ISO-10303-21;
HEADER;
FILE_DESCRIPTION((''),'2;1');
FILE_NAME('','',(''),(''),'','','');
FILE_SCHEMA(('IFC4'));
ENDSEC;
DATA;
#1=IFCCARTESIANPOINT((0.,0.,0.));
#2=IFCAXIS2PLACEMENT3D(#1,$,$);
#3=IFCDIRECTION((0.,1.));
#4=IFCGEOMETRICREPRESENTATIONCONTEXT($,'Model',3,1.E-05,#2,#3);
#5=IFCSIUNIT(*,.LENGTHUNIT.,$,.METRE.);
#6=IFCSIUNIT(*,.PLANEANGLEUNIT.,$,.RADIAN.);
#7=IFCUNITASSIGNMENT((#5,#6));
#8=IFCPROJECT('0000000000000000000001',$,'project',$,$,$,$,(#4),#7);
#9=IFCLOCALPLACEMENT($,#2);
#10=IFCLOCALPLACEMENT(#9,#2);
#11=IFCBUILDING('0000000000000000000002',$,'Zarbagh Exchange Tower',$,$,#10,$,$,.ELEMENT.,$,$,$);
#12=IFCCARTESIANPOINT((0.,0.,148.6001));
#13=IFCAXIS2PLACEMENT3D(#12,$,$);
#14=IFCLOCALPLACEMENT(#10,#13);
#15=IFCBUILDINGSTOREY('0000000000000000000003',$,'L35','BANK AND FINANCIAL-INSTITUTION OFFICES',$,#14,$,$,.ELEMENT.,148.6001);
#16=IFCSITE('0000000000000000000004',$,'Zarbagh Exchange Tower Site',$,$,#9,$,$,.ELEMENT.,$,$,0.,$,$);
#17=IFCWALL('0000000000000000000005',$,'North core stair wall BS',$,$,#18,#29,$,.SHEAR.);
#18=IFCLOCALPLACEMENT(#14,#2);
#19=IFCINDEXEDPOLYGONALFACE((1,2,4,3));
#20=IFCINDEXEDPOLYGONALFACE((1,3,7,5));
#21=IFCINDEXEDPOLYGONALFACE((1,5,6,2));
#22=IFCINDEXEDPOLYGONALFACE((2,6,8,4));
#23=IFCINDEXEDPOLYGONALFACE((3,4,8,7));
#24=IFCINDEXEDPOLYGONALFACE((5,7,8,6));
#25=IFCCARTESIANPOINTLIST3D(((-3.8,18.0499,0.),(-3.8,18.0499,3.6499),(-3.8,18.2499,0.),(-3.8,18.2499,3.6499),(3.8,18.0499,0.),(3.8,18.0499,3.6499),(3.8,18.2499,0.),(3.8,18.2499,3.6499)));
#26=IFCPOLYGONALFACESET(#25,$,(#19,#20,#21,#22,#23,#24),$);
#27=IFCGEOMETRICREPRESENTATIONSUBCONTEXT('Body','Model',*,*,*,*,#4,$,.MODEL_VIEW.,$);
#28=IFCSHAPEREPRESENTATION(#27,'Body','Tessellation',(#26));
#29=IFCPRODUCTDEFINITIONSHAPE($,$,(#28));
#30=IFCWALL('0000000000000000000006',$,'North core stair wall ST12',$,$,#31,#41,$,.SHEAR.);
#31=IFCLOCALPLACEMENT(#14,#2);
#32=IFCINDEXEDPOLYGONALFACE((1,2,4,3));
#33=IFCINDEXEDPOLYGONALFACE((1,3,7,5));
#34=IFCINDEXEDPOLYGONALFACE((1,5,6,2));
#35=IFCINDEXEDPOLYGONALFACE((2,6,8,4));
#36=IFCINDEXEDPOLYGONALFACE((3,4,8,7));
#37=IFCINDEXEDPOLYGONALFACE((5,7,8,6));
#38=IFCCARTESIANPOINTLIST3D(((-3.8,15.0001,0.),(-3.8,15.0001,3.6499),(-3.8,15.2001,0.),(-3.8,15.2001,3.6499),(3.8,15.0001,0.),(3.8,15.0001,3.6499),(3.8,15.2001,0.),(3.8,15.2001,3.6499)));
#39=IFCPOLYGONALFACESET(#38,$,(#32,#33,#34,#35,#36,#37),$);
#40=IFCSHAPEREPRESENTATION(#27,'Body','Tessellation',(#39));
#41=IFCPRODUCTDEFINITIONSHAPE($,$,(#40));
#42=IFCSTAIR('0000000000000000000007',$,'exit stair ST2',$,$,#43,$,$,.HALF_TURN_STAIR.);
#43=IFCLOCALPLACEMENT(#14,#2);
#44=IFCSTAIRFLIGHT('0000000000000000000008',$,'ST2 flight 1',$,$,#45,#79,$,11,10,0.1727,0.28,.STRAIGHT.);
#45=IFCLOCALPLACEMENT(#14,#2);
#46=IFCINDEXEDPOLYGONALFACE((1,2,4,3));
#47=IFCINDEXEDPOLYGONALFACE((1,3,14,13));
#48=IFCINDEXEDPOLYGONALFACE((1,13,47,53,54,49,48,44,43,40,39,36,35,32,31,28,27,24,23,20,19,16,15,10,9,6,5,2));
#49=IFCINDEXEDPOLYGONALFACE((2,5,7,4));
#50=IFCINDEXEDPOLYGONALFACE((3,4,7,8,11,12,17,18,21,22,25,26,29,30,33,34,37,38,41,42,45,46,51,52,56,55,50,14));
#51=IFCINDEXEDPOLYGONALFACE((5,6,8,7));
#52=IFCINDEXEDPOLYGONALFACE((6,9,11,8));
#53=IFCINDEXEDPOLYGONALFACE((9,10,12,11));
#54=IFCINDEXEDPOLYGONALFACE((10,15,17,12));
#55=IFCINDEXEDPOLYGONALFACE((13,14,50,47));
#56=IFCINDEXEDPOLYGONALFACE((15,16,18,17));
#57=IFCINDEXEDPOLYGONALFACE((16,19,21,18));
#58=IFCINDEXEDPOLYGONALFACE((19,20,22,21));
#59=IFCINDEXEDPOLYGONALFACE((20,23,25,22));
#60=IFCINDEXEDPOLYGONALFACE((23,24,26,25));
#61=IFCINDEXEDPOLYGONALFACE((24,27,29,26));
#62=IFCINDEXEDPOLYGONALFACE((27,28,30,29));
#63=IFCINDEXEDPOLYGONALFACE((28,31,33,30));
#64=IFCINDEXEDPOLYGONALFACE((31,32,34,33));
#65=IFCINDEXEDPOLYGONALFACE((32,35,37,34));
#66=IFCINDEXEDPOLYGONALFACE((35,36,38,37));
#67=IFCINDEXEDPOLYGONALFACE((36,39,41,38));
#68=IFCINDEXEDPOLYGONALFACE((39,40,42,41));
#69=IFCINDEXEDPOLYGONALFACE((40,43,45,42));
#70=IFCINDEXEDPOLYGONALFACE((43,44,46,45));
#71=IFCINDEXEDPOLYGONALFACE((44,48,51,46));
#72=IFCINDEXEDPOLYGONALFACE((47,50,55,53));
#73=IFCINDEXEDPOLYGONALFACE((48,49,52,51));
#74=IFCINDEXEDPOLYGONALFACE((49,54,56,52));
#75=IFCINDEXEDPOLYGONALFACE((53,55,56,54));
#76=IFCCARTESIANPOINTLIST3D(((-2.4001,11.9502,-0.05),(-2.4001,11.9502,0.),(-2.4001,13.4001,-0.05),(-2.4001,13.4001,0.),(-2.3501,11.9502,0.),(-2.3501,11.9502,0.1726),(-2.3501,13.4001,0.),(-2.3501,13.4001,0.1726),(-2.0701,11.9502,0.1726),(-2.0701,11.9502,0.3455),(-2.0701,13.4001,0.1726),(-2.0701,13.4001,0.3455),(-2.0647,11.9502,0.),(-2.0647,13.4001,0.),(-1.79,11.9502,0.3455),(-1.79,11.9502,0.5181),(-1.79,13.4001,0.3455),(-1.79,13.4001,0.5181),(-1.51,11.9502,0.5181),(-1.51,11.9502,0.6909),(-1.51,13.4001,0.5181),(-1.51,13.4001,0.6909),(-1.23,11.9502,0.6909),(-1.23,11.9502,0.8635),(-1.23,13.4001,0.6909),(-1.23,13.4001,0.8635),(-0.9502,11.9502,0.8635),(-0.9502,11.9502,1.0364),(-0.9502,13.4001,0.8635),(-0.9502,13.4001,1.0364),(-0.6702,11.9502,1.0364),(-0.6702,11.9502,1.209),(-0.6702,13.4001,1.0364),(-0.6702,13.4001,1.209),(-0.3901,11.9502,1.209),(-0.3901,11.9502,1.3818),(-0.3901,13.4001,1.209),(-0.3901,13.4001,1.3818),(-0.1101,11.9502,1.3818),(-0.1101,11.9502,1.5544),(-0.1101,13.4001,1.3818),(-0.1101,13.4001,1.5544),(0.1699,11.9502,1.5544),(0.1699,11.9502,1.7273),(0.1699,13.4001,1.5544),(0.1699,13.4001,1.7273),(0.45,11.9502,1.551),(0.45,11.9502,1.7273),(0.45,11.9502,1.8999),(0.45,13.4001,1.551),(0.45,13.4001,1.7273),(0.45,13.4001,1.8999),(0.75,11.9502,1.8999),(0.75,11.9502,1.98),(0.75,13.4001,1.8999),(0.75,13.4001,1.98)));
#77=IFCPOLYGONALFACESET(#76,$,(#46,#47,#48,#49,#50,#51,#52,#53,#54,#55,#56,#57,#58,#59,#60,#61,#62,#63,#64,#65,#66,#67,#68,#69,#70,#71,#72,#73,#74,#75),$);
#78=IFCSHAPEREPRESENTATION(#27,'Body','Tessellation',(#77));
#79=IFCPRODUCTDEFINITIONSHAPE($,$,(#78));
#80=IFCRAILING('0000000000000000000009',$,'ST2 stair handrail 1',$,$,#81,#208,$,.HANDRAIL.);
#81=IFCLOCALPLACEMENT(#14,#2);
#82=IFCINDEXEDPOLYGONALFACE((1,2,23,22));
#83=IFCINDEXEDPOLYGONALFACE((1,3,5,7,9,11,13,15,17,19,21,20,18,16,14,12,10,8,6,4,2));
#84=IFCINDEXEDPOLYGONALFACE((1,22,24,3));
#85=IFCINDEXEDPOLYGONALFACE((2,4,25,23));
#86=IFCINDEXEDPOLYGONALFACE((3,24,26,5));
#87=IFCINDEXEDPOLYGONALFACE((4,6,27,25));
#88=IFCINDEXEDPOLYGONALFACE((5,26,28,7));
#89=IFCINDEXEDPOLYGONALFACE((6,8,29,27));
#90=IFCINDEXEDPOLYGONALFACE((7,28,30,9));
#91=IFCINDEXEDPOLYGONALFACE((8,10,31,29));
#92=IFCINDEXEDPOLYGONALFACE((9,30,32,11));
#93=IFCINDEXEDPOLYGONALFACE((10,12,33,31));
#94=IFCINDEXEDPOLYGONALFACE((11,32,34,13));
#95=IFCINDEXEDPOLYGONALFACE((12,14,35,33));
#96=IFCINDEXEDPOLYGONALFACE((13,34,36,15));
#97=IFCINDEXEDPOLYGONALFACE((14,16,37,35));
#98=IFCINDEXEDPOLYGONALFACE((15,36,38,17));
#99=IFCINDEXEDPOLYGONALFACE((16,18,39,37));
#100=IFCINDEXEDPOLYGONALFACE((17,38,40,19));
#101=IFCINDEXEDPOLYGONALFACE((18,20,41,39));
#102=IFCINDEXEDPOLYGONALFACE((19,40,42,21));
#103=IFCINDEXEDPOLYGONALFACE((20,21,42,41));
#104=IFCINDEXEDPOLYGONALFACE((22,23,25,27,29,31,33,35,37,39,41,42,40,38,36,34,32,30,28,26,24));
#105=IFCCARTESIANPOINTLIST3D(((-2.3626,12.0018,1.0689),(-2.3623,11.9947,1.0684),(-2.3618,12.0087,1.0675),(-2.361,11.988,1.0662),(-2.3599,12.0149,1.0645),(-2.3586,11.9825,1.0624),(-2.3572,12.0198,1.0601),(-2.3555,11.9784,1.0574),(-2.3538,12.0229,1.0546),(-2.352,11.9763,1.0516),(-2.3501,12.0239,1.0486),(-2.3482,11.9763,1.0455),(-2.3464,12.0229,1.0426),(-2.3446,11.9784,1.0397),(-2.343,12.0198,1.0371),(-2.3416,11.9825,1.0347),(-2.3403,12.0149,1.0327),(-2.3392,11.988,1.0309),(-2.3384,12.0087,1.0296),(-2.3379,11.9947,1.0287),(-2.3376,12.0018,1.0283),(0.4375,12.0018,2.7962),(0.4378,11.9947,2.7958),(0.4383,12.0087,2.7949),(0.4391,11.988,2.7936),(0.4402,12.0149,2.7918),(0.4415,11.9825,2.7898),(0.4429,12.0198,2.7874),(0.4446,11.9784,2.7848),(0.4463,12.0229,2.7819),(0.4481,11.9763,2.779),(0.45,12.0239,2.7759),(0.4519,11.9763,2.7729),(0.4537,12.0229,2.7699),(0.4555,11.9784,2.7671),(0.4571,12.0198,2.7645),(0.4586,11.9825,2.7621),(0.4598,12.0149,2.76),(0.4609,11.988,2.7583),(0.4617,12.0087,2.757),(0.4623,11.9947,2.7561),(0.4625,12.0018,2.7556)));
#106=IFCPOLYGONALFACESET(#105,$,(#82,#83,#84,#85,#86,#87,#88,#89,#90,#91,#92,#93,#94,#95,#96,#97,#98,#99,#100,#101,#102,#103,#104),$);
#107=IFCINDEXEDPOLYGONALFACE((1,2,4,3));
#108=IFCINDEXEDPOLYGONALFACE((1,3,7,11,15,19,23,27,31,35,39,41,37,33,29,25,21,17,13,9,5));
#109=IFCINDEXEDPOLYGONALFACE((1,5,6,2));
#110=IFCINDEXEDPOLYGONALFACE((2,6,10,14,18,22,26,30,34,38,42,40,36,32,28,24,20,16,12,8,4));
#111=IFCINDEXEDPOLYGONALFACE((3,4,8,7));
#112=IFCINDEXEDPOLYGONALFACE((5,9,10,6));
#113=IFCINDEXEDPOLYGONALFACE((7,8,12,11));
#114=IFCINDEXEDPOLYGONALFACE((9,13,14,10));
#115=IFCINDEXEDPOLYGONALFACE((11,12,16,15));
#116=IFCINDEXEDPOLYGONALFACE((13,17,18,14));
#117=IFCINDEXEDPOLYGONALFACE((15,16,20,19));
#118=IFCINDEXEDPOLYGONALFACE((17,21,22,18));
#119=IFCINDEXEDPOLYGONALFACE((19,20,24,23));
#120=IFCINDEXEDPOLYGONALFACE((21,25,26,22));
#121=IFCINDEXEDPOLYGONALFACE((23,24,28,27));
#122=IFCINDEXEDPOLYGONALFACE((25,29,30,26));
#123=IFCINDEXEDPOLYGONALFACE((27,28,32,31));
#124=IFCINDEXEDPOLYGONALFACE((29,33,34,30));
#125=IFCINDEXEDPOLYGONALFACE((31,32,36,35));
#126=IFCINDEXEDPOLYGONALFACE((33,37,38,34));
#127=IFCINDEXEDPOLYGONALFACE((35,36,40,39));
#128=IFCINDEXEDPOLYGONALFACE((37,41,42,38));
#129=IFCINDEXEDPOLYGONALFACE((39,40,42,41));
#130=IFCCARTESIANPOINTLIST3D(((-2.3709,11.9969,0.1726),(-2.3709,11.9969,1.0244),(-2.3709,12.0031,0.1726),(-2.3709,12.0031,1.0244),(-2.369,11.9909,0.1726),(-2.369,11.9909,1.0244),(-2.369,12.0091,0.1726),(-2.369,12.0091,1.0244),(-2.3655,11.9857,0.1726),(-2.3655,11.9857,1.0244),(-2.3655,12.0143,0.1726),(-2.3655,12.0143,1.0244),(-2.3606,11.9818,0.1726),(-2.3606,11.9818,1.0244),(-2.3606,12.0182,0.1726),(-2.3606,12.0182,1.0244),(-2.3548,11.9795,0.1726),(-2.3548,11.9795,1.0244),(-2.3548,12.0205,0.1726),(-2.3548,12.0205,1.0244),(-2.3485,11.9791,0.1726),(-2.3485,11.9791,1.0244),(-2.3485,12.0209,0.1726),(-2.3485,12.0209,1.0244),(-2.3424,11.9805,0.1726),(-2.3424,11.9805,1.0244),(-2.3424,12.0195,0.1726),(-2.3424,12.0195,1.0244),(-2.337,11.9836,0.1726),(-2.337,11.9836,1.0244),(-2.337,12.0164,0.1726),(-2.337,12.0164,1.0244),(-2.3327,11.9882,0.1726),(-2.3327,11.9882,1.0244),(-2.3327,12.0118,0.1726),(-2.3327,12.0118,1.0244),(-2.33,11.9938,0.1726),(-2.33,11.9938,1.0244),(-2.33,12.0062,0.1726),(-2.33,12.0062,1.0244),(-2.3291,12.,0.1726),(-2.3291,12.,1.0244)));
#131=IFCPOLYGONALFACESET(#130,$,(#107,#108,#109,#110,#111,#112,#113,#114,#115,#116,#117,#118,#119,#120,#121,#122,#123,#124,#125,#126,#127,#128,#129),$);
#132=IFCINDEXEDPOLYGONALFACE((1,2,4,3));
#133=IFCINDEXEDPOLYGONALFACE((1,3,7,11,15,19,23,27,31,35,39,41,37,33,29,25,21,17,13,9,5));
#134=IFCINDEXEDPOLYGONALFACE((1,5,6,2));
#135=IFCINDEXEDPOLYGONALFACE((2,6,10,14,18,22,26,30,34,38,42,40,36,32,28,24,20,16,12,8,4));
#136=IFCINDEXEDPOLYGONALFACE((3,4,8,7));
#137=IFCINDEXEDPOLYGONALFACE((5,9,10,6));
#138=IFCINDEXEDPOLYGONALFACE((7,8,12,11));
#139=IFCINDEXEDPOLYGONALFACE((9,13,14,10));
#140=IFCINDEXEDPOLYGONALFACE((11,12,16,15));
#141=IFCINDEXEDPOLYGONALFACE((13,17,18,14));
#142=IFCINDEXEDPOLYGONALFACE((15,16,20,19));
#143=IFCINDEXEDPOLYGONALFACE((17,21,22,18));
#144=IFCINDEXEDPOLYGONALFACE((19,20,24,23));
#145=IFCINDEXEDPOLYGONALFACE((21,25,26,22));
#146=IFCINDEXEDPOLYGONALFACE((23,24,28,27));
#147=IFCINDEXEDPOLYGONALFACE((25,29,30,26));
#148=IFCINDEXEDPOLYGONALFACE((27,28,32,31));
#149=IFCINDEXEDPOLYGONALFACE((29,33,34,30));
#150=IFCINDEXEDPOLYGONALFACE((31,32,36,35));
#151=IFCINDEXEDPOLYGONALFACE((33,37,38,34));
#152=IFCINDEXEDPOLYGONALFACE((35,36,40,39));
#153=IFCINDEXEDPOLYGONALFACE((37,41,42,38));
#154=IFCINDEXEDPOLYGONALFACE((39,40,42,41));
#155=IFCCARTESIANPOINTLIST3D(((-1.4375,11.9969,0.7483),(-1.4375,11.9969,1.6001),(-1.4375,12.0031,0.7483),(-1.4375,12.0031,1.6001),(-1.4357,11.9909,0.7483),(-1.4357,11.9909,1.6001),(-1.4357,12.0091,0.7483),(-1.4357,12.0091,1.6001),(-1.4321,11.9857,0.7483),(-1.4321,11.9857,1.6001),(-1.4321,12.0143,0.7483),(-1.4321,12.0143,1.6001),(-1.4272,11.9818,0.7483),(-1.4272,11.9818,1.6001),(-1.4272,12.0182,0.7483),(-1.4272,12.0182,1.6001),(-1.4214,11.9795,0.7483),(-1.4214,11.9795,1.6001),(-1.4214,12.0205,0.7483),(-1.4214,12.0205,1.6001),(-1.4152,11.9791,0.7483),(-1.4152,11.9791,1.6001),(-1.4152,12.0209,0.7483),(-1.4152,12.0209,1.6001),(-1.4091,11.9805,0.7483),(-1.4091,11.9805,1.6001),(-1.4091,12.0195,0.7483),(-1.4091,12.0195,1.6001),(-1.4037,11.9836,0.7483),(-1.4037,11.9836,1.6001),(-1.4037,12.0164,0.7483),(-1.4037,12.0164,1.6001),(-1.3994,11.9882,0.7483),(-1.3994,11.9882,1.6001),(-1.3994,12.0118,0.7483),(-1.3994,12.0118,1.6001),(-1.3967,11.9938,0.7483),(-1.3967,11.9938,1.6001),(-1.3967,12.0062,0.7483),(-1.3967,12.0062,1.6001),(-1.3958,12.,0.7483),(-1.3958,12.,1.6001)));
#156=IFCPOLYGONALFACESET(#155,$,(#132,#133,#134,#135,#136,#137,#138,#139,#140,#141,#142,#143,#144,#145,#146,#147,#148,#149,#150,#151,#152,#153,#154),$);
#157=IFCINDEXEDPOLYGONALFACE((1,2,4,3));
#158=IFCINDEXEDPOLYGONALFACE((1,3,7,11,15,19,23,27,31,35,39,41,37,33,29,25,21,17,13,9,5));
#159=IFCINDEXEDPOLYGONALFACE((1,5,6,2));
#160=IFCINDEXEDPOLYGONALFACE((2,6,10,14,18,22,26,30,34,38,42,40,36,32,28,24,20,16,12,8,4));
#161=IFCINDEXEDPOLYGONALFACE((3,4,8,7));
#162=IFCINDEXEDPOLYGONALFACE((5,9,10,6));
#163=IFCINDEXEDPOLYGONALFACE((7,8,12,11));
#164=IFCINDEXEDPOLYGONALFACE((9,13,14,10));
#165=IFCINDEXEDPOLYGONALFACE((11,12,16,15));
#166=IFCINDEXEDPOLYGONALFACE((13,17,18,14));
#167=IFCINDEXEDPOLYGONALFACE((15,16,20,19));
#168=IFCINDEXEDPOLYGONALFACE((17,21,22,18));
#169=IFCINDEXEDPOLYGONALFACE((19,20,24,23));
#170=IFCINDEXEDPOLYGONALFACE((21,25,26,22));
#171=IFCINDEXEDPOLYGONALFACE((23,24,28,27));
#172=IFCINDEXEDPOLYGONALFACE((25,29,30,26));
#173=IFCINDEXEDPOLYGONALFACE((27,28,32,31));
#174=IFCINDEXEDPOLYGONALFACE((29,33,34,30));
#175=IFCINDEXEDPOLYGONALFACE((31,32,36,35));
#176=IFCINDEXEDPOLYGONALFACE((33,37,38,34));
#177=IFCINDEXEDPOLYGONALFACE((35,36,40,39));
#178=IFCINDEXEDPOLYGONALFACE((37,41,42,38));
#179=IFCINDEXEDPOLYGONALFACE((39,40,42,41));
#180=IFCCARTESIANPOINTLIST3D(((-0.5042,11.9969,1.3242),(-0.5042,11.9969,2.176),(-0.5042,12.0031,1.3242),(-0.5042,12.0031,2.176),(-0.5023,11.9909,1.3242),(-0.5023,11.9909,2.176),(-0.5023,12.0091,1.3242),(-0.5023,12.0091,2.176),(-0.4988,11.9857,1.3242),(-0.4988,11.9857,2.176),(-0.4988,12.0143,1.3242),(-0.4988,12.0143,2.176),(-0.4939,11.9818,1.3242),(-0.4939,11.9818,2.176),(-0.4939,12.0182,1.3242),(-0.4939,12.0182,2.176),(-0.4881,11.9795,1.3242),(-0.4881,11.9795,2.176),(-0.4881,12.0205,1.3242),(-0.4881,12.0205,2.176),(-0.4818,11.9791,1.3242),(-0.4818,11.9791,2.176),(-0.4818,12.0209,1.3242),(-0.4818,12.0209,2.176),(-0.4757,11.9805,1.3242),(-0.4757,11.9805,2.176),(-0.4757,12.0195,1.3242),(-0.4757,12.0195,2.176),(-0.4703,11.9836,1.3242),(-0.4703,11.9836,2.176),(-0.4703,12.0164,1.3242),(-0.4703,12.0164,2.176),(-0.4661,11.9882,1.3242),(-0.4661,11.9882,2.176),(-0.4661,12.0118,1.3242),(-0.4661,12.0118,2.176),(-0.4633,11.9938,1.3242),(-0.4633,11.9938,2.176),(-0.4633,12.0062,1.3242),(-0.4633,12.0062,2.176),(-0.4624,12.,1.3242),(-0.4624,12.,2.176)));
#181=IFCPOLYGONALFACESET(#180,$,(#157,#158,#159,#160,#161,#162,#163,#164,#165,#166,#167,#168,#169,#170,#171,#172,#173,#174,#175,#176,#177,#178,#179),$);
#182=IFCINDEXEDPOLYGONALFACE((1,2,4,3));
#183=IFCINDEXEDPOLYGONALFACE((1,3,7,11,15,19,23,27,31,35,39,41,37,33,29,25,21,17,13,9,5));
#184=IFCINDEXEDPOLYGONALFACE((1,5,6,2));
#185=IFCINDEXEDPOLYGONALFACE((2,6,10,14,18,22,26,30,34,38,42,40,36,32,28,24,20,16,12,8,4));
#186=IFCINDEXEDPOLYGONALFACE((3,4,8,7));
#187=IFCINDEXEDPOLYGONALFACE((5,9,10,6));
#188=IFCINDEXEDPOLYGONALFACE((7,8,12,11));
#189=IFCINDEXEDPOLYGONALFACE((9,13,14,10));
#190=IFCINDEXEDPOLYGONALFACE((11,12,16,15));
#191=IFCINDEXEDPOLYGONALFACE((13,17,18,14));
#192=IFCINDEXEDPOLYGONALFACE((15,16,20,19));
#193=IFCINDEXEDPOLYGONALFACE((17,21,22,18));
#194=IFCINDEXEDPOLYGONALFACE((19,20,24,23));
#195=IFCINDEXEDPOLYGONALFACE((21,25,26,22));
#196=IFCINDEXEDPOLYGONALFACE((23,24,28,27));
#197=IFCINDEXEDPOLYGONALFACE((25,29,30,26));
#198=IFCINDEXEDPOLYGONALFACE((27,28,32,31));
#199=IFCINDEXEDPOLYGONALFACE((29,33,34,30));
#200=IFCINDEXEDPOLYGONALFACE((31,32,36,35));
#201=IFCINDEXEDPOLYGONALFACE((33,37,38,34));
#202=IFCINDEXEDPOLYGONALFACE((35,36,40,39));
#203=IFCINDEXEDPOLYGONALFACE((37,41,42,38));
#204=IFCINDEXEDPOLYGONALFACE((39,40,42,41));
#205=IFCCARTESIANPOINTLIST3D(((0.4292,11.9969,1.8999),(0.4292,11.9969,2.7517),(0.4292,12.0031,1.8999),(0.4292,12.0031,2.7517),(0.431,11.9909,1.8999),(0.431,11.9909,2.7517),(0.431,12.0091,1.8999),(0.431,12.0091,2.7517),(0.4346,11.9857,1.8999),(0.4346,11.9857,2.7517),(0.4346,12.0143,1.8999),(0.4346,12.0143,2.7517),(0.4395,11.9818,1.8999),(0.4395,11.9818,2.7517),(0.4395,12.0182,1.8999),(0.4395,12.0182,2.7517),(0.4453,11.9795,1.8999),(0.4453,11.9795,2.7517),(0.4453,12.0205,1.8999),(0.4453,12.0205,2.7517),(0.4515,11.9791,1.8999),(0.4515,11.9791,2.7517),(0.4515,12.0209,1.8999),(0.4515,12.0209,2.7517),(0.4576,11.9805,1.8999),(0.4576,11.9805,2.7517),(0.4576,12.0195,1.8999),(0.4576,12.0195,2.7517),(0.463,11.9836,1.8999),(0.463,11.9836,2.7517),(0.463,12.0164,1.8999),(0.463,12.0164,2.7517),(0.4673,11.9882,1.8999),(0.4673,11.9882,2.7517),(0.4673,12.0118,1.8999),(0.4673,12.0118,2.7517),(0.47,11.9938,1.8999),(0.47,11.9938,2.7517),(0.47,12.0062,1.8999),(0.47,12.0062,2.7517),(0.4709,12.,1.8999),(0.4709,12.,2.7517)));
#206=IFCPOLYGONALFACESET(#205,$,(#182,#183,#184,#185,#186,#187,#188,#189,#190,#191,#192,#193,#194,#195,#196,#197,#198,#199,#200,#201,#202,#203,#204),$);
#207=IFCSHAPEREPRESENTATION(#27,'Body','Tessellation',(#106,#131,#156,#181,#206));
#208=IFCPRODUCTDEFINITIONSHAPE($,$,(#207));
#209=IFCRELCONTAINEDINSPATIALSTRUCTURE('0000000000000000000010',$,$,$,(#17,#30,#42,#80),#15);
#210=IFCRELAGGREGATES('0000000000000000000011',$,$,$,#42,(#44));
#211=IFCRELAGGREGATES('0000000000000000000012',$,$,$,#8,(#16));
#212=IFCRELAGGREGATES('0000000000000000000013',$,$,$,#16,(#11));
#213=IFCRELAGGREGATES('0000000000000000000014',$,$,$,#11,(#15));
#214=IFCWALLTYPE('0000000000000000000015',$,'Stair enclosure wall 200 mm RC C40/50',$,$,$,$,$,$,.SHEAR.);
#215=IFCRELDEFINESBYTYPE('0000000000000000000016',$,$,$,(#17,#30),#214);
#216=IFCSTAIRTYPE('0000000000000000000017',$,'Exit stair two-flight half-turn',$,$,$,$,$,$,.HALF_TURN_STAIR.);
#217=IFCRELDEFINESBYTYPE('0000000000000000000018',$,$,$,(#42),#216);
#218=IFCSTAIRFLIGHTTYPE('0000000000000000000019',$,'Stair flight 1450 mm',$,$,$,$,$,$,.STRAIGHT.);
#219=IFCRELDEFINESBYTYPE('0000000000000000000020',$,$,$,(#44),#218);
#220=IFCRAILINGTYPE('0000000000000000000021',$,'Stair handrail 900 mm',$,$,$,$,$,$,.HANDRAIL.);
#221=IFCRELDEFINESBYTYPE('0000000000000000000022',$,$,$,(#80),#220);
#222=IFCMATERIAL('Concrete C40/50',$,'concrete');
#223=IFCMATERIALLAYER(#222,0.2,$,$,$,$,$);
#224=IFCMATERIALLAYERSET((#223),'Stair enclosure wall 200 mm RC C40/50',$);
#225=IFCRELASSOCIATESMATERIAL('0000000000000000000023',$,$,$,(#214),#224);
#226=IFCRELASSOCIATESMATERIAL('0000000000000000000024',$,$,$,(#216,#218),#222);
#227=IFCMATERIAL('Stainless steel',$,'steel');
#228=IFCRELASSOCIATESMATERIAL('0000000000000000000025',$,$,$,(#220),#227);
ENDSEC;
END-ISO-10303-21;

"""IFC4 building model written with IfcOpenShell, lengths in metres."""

from ifc_helpers import new_model, si_unit, direction, frame, frame_2d, origin, origin_2d, place, context, subcontext, project, spatial, polyline, rectangle, circle, outline, extrude, material, layer, layer_set, type_object, element, aggregate, save


model = new_model("IFC4")

# Units and contexts
model_context = context("Model", 3, precision=1e-05, world=origin(), true_north=direction((0.0, 1.0)))
body_context = subcontext(model_context, "Body", "Model", "MODEL_VIEW")
ifc_project = project(units=[si_unit("LENGTHUNIT", "METRE"), si_unit("PLANEANGLEUNIT", "RADIAN")], contexts=[model_context])

# Site, building, storey
site_placement = place(None, origin())
site = spatial("IfcSite", under=ifc_project, at=site_placement, Name="Zarbagh Exchange Tower Site", CompositionType="ELEMENT", RefElevation=0.0)
building_placement = place(site_placement, origin())
building = spatial("IfcBuilding", under=site, at=building_placement, Name="Zarbagh Exchange Tower", CompositionType="ELEMENT")
storey_placement = place(building_placement, frame((0.0, 0.0, 148.6001)))
storey = spatial("IfcBuildingStorey", under=building, at=storey_placement, Name="L35", Description="BANK AND FINANCIAL-INSTITUTION OFFICES", CompositionType="ELEMENT", Elevation=148.6001)

# Walls
ifc_material_1 = material(Name="Concrete C40/50", Category="concrete")
ifc_layer_1 = layer(ifc_material_1, 0.2)
ifc_layer_set_1 = layer_set([ifc_layer_1], Name="Stair enclosure wall 200 mm RC C40/50")
wall_type_1 = type_object("IfcWallType", Name="Stair enclosure wall 200 mm RC C40/50", PredefinedType="SHEAR", material=ifc_layer_set_1)
for number, where, z_axis, x_axis, name in (
    (1, (-3.8, 18.1499, 0.0), (0.0, 0.0, 1.0), (1.0, 0.0, 0.0), "North core stair wall BS"),
    (2, (-3.8, 15.1001, 0.0), (0.0, 0.0, 1.0), (1.0, 0.0, 0.0), "North core stair wall ST12"),
):
    element("IfcWall", number, at=place(storey_placement, frame(where, z_axis=z_axis, x_axis=x_axis)), inside=storey, type_object=wall_type_1, Name=name, PredefinedType="SHEAR", context=body_context, shape_type="SweptSolid", body=[
        extrude(rectangle(XDim=7.6001, YDim=0.2, at=frame_2d((3.8, 0.0))), origin(), (0.0, 0.0, 1.0), 3.6499),
    ])

# Stair, stair flight
stair_type = type_object("IfcStairType", Name="Exit stair two-flight half-turn", PredefinedType="HALF_TURN_STAIR", material=ifc_material_1)
stair_placement = place(storey_placement, origin())
stair = element("IfcStair", 3, at=stair_placement, inside=storey, type_object=stair_type, Name="exit stair ST2", PredefinedType="HALF_TURN_STAIR")
stair_flight_type = type_object("IfcStairFlightType", Name="Stair flight 1450 mm", PredefinedType="STRAIGHT", material=ifc_material_1)
stair_flight_placement = place(storey_placement, frame((-2.3501, 12.675, 0.0), z_axis=(0.0, 0.0, 1.0), x_axis=(1.0, 0.0, 0.0)))
stair_flight = element("IfcStairFlight", 4, at=stair_flight_placement, type_object=stair_flight_type, Name="ST2 flight 1", NumberOfRisers=11, NumberOfTreads=10, PredefinedType="STRAIGHT", RiserHeight=0.1727, TreadLength=0.28, context=body_context, shape_type="SweptSolid", body=[
    extrude(outline(polyline([(-0.05, -0.05), (-0.05, 0.0), (0.0, 0.0), (0.0, 0.1726), (0.28, 0.1726), (0.28, 0.3455), (0.5601, 0.3455), (0.5601, 0.5181), (0.8401, 0.5181), (0.8401, 0.6909), (1.1201, 0.6909), (1.1201, 0.8635), (1.3999, 0.8635), (1.3999, 1.0364), (1.6799, 1.0364), (1.6799, 1.209), (1.96, 1.209), (1.96, 1.3818), (2.24, 1.3818), (2.24, 1.5544), (2.52, 1.5544), (2.52, 1.7273), (2.8, 1.7273), (2.8, 1.8999), (3.1001, 1.98), (3.1001, 1.8999), (2.8, 1.551), (0.2854, 0.0), (-0.05, -0.05)])), frame((0.0, 0.7251, 0.0), z_axis=(0.0, -1.0, 0.0), x_axis=(1.0, 0.0, 0.0)), (0.0, 0.0, 1.0), 1.45),
])
aggregate(stair, [stair_flight])

# Railing
ifc_material_2 = material(Name="Stainless steel", Category="steel")
railing_type = type_object("IfcRailingType", Name="Stair handrail 900 mm", PredefinedType="HANDRAIL", material=ifc_material_2)
railing_placement = place(storey_placement, frame((-2.3501, 12.0, 0.1726)))
element("IfcRailing", 5, at=railing_placement, inside=storey, type_object=railing_type, Name="ST2 stair handrail 1", PredefinedType="HANDRAIL", context=body_context, shape_type="SweptSolid", body=[
    extrude(circle(Radius=0.0239, at=origin_2d()), frame((0.0, 0.0, 0.876), z_axis=(0.85109, 0.0, 0.52502), x_axis=(0.0, 1.0, 0.0)), (0.0, 0.0, 1.0), 3.29),
    extrude(circle(Radius=0.021, at=origin_2d()), origin(), (0.0, 0.0, 1.0), 0.8518),
    extrude(circle(Radius=0.021, at=origin_2d()), frame((0.9333, 0.0, 0.5757)), (0.0, 0.0, 1.0), 0.8518),
    extrude(circle(Radius=0.021, at=origin_2d()), frame((1.8667, 0.0, 1.1516)), (0.0, 0.0, 1.0), 0.8518),
    extrude(circle(Radius=0.021, at=origin_2d()), frame((2.8, 0.0, 1.7273)), (0.0, 0.0, 1.0), 0.8518),
])

save(model, "model.ifc")
